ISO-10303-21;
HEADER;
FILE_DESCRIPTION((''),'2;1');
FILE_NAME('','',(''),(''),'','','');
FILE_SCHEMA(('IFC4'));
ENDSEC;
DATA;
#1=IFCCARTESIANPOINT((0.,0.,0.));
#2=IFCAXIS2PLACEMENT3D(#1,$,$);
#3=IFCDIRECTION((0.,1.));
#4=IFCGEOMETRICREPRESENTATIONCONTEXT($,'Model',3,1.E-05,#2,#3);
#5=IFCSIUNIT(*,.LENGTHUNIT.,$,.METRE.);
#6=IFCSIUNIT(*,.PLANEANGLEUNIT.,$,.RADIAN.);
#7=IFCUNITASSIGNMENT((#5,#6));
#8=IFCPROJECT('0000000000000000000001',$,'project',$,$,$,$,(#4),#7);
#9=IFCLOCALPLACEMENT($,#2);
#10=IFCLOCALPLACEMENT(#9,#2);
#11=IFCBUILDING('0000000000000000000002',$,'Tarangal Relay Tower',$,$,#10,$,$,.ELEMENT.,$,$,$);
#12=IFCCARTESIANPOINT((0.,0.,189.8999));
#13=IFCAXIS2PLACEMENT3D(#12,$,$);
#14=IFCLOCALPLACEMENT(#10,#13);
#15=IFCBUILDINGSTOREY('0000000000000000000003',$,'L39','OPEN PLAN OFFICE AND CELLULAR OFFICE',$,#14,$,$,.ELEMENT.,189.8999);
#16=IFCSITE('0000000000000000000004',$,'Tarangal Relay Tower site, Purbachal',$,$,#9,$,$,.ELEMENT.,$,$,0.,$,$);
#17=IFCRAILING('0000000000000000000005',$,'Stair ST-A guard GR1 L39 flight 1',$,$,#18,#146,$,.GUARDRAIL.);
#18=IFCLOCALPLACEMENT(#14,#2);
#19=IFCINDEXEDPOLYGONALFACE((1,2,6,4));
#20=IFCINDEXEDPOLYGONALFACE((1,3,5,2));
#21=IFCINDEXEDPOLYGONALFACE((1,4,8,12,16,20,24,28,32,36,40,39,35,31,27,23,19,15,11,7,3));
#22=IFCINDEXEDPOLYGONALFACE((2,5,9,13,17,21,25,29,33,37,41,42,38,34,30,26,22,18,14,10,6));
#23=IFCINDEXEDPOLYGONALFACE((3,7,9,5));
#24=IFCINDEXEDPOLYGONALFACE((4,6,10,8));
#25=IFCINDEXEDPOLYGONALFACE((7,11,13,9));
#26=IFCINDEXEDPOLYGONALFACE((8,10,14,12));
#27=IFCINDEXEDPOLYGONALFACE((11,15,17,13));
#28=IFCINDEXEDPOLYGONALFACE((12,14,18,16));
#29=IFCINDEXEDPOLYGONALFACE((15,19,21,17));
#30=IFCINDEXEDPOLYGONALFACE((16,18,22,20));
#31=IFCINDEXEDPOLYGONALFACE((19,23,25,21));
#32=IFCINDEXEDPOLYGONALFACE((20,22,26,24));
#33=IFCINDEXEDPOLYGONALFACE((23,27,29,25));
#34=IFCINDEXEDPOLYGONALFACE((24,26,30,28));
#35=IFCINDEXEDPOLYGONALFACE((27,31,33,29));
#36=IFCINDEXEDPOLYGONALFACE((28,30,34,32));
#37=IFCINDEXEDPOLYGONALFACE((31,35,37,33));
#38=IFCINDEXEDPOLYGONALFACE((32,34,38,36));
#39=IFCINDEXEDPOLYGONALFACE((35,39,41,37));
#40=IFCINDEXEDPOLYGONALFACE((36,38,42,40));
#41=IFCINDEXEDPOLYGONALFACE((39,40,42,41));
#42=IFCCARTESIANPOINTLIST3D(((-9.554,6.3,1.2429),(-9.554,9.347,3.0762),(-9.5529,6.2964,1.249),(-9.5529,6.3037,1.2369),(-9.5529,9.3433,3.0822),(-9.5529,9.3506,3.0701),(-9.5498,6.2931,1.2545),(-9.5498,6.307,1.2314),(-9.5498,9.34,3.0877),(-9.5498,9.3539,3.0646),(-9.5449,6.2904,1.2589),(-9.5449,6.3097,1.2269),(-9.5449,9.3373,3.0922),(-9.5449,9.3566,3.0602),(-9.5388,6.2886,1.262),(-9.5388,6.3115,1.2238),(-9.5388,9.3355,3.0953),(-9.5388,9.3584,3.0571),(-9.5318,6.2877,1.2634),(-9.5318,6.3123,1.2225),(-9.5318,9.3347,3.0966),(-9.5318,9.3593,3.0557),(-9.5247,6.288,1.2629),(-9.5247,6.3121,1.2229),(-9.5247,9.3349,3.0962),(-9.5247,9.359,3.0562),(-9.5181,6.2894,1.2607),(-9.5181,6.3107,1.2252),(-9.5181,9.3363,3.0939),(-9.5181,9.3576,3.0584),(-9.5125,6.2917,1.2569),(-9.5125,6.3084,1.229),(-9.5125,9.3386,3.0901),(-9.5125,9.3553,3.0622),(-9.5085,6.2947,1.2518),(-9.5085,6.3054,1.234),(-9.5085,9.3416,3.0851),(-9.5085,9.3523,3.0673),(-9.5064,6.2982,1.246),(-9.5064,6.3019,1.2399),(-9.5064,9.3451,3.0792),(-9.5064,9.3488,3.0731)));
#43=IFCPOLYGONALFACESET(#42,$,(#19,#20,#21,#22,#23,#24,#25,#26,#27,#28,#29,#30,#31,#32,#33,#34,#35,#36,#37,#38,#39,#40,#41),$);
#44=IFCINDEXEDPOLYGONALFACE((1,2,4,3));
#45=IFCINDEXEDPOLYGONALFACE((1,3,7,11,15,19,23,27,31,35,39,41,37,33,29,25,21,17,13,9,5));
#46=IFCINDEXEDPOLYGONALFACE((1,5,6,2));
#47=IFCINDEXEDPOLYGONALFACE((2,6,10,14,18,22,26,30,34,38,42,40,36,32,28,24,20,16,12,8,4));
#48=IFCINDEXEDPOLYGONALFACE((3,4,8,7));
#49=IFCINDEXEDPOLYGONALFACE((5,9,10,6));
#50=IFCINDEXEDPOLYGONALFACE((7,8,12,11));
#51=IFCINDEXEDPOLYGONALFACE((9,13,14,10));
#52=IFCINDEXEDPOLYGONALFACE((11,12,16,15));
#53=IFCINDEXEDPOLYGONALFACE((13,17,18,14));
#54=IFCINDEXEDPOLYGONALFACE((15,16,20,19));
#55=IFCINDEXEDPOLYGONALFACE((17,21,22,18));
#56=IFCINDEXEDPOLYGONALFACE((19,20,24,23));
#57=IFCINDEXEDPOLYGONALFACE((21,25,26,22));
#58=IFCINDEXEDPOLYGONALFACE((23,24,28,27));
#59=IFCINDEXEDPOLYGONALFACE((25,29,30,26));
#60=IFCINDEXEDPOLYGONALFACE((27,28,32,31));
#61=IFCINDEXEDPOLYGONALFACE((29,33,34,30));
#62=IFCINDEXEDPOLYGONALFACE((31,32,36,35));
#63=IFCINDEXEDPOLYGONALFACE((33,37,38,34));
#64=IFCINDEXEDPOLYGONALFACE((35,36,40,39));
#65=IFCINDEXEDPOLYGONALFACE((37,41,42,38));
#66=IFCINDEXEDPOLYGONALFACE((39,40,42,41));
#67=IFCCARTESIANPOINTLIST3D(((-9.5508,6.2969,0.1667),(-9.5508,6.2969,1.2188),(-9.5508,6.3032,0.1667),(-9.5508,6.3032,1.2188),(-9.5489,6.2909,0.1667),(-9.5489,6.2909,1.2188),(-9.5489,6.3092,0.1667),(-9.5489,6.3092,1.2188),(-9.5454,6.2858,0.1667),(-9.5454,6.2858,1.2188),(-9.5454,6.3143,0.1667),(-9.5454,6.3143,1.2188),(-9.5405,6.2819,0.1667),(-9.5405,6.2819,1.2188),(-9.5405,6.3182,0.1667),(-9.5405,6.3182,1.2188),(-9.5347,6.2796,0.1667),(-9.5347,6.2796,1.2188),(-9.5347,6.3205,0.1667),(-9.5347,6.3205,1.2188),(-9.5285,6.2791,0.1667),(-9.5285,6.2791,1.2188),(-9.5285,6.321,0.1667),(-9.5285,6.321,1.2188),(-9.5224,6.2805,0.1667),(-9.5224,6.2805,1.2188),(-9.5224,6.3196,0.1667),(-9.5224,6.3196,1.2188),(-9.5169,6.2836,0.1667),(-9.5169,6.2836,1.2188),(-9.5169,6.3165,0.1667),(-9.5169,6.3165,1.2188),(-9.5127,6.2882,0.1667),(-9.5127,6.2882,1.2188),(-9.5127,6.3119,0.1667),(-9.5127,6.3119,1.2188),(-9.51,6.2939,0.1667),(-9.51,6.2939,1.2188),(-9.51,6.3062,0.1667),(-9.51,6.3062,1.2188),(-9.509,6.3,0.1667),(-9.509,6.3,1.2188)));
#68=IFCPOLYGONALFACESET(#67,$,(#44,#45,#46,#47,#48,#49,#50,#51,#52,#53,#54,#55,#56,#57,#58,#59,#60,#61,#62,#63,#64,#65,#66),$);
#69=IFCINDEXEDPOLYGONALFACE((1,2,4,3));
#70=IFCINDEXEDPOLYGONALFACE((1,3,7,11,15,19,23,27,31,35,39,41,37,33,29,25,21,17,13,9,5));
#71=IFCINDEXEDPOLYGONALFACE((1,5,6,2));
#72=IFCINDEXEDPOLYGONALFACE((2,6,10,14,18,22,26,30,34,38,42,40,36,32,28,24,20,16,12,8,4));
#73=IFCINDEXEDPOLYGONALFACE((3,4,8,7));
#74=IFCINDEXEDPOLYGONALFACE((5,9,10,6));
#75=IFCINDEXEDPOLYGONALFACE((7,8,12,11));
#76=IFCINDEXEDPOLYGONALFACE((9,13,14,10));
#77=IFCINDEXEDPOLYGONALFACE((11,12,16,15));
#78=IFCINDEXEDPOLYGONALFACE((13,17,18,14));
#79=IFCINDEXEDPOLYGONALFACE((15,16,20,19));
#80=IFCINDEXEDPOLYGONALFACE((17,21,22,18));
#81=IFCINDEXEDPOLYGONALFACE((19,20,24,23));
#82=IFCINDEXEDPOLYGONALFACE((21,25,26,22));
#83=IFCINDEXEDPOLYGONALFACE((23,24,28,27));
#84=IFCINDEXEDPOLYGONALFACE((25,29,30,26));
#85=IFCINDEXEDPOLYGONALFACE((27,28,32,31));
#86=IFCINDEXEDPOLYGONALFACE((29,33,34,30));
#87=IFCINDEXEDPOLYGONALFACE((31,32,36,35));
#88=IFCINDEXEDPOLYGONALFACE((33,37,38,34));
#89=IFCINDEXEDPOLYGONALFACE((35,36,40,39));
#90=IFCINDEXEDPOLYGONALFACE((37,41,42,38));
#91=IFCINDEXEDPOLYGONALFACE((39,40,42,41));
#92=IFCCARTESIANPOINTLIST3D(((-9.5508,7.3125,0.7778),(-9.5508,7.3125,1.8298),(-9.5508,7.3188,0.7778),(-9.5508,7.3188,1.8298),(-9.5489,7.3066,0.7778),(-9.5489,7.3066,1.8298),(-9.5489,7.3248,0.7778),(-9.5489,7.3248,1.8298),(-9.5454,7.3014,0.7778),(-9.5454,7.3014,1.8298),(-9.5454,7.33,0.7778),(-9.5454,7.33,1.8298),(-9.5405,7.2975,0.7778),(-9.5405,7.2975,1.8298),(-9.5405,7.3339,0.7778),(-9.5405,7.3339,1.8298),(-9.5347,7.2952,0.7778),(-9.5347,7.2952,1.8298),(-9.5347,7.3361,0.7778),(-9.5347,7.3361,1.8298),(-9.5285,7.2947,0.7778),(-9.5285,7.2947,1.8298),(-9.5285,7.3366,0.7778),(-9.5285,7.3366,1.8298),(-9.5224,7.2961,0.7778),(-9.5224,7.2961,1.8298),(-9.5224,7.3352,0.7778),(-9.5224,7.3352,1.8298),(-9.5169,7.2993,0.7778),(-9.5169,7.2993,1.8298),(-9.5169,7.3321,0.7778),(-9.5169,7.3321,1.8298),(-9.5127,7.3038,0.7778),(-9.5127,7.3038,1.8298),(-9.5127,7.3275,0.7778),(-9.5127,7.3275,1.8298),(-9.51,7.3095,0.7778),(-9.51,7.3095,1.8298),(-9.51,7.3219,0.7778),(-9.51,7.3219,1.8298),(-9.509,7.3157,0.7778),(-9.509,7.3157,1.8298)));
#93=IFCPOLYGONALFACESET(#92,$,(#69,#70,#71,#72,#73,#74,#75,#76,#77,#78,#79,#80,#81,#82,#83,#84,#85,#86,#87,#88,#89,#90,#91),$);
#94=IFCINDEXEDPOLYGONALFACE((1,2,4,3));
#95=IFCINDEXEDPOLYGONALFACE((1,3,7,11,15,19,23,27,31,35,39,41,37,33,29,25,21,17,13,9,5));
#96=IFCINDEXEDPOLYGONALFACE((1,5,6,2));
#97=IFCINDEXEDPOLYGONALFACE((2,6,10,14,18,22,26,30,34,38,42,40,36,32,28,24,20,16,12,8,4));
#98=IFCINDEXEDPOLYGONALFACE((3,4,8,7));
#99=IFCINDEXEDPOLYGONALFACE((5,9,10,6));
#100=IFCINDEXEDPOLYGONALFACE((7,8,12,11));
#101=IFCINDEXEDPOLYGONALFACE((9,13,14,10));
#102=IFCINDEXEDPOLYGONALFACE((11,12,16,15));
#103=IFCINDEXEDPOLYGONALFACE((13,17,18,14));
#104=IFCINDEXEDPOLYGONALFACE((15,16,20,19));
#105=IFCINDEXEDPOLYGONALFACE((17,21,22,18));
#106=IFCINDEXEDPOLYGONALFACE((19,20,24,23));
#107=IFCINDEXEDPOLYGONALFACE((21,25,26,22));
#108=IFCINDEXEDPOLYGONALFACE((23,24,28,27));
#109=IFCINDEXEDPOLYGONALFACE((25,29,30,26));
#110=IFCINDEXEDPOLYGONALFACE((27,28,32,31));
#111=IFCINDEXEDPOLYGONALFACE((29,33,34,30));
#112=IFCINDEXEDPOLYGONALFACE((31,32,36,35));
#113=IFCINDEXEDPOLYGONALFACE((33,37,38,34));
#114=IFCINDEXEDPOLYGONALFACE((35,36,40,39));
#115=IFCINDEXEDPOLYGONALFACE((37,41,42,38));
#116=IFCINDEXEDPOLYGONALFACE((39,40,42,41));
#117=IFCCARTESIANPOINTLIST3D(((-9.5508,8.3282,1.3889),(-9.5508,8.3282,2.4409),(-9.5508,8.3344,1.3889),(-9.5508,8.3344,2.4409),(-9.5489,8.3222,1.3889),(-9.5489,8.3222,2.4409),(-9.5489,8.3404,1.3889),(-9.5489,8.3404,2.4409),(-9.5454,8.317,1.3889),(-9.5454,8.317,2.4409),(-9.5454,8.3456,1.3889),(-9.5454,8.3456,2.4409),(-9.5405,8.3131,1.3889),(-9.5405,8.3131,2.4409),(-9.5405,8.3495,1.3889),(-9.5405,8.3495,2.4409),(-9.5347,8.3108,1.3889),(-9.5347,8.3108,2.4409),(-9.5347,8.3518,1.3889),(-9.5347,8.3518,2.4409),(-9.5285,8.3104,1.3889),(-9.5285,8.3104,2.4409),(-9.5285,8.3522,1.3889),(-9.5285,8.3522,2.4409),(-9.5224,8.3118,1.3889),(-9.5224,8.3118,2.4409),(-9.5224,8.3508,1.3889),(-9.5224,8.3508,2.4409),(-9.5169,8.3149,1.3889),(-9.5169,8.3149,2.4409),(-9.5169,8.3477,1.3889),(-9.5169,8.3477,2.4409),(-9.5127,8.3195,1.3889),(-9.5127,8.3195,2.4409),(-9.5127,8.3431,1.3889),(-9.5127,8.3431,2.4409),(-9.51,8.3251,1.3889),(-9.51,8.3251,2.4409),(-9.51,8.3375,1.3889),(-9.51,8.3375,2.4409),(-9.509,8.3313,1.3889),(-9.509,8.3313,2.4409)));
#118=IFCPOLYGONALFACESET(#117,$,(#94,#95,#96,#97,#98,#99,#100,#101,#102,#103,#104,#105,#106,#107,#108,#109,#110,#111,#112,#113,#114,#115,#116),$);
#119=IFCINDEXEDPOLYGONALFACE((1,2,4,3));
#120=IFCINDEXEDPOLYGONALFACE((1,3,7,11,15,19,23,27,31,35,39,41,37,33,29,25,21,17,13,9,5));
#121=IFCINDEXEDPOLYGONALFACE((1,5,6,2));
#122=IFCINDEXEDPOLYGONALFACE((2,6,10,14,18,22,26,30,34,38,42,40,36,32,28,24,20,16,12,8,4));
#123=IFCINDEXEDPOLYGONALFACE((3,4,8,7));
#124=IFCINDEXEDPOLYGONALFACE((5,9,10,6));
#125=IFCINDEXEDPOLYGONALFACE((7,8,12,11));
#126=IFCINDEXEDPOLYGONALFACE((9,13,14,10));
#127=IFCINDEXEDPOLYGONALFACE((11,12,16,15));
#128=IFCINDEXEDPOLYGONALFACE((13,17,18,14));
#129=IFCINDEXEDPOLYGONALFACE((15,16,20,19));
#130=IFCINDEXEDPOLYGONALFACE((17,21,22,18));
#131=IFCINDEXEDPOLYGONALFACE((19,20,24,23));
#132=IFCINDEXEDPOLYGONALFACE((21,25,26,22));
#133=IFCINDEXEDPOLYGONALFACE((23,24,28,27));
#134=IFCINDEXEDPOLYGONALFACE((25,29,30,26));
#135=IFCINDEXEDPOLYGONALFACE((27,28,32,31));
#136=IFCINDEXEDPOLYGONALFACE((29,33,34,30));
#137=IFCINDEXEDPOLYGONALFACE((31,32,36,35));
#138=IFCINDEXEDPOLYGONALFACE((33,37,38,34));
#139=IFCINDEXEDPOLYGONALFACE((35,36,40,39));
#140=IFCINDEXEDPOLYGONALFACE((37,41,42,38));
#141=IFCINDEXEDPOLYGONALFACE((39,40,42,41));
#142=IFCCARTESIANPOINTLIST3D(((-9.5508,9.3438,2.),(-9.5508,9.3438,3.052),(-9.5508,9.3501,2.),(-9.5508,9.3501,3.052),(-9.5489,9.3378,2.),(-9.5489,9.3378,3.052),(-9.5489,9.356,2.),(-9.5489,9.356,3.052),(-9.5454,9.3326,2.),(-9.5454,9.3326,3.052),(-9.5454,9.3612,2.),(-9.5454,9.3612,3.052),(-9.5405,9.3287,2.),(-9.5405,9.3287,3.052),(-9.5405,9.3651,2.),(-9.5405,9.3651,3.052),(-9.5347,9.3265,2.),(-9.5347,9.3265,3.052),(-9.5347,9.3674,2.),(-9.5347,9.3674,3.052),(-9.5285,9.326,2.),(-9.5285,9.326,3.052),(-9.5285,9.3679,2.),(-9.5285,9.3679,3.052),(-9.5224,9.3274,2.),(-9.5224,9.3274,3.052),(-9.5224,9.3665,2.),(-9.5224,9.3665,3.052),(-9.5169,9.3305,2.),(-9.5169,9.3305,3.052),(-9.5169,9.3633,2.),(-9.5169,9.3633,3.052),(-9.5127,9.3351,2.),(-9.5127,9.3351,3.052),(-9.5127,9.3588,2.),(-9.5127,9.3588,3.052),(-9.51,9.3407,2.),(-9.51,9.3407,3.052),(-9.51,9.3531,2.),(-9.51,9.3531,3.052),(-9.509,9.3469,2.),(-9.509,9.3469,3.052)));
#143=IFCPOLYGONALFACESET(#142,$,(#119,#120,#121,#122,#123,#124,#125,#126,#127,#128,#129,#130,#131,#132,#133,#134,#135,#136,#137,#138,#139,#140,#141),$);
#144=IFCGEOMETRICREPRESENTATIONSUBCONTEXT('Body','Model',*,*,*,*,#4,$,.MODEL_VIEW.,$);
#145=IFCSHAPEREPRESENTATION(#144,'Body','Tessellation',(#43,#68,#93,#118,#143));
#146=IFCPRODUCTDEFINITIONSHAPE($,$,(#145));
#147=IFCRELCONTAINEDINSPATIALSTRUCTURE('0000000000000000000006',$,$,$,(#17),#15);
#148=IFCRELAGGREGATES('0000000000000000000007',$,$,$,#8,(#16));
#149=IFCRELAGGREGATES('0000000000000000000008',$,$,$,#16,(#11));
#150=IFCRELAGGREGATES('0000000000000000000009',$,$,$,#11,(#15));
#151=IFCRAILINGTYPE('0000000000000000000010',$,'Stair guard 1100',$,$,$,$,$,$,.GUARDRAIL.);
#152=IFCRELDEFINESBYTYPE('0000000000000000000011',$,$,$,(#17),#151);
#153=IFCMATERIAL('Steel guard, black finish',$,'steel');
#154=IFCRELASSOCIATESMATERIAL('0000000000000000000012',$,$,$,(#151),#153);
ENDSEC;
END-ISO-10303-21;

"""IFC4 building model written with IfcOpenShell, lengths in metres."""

from ifc_helpers import new_model, si_unit, direction, frame, origin, origin_2d, place, context, subcontext, project, spatial, circle, extrude, material, type_object, element, save


model = new_model("IFC4")

# Units and contexts
model_context = context("Model", 3, precision=1e-05, world=origin(), true_north=direction((0.0, 1.0)))
body_context = subcontext(model_context, "Body", "Model", "MODEL_VIEW")
ifc_project = project(units=[si_unit("LENGTHUNIT", "METRE"), si_unit("PLANEANGLEUNIT", "RADIAN")], contexts=[model_context])

# Site, building, storey
site_placement = place(None, origin())
site = spatial("IfcSite", under=ifc_project, at=site_placement, Name="Tarangal Relay Tower site, Purbachal", CompositionType="ELEMENT", RefElevation=0.0)
building_placement = place(site_placement, origin())
building = spatial("IfcBuilding", under=site, at=building_placement, Name="Tarangal Relay Tower", CompositionType="ELEMENT")
storey_placement = place(building_placement, frame((0.0, 0.0, 189.8999)))
storey = spatial("IfcBuildingStorey", under=building, at=storey_placement, Name="L39", Description="OPEN PLAN OFFICE AND CELLULAR OFFICE", CompositionType="ELEMENT", Elevation=189.8999)

# Railing
ifc_material_1 = material(Name="Steel guard, black finish", Category="steel")
railing_type_1 = type_object("IfcRailingType", Name="Stair guard 1100", PredefinedType="GUARDRAIL", material=ifc_material_1)
railing_1_placement = place(storey_placement, frame((-9.53, 6.3, 0.1667)))
element("IfcRailing", 1, at=railing_1_placement, inside=storey, type_object=railing_type_1, Name="Stair ST-A guard GR1 L39 flight 1", PredefinedType="GUARDRAIL", context=body_context, shape_type="SweptSolid", body=[
    extrude(circle(Radius=0.0239, at=origin_2d()), frame((0.0, 0.0, 1.0762), z_axis=(0.0, 0.856856, 0.515556), x_axis=(-1.0, 0.0, 0.0)), (0.0, 0.0, 1.0), 3.5559),
    extrude(circle(Radius=0.021, at=origin_2d()), origin(), (0.0, 0.0, 1.0), 1.052),
    extrude(circle(Radius=0.021, at=origin_2d()), frame((0.0, 1.0156, 0.6111)), (0.0, 0.0, 1.0), 1.052),
    extrude(circle(Radius=0.021, at=origin_2d()), frame((0.0, 2.0312, 1.2222)), (0.0, 0.0, 1.0), 1.052),
    extrude(circle(Radius=0.021, at=origin_2d()), frame((0.0, 3.0469, 1.8333)), (0.0, 0.0, 1.0), 1.052),
])

save(model, "model.ifc")
